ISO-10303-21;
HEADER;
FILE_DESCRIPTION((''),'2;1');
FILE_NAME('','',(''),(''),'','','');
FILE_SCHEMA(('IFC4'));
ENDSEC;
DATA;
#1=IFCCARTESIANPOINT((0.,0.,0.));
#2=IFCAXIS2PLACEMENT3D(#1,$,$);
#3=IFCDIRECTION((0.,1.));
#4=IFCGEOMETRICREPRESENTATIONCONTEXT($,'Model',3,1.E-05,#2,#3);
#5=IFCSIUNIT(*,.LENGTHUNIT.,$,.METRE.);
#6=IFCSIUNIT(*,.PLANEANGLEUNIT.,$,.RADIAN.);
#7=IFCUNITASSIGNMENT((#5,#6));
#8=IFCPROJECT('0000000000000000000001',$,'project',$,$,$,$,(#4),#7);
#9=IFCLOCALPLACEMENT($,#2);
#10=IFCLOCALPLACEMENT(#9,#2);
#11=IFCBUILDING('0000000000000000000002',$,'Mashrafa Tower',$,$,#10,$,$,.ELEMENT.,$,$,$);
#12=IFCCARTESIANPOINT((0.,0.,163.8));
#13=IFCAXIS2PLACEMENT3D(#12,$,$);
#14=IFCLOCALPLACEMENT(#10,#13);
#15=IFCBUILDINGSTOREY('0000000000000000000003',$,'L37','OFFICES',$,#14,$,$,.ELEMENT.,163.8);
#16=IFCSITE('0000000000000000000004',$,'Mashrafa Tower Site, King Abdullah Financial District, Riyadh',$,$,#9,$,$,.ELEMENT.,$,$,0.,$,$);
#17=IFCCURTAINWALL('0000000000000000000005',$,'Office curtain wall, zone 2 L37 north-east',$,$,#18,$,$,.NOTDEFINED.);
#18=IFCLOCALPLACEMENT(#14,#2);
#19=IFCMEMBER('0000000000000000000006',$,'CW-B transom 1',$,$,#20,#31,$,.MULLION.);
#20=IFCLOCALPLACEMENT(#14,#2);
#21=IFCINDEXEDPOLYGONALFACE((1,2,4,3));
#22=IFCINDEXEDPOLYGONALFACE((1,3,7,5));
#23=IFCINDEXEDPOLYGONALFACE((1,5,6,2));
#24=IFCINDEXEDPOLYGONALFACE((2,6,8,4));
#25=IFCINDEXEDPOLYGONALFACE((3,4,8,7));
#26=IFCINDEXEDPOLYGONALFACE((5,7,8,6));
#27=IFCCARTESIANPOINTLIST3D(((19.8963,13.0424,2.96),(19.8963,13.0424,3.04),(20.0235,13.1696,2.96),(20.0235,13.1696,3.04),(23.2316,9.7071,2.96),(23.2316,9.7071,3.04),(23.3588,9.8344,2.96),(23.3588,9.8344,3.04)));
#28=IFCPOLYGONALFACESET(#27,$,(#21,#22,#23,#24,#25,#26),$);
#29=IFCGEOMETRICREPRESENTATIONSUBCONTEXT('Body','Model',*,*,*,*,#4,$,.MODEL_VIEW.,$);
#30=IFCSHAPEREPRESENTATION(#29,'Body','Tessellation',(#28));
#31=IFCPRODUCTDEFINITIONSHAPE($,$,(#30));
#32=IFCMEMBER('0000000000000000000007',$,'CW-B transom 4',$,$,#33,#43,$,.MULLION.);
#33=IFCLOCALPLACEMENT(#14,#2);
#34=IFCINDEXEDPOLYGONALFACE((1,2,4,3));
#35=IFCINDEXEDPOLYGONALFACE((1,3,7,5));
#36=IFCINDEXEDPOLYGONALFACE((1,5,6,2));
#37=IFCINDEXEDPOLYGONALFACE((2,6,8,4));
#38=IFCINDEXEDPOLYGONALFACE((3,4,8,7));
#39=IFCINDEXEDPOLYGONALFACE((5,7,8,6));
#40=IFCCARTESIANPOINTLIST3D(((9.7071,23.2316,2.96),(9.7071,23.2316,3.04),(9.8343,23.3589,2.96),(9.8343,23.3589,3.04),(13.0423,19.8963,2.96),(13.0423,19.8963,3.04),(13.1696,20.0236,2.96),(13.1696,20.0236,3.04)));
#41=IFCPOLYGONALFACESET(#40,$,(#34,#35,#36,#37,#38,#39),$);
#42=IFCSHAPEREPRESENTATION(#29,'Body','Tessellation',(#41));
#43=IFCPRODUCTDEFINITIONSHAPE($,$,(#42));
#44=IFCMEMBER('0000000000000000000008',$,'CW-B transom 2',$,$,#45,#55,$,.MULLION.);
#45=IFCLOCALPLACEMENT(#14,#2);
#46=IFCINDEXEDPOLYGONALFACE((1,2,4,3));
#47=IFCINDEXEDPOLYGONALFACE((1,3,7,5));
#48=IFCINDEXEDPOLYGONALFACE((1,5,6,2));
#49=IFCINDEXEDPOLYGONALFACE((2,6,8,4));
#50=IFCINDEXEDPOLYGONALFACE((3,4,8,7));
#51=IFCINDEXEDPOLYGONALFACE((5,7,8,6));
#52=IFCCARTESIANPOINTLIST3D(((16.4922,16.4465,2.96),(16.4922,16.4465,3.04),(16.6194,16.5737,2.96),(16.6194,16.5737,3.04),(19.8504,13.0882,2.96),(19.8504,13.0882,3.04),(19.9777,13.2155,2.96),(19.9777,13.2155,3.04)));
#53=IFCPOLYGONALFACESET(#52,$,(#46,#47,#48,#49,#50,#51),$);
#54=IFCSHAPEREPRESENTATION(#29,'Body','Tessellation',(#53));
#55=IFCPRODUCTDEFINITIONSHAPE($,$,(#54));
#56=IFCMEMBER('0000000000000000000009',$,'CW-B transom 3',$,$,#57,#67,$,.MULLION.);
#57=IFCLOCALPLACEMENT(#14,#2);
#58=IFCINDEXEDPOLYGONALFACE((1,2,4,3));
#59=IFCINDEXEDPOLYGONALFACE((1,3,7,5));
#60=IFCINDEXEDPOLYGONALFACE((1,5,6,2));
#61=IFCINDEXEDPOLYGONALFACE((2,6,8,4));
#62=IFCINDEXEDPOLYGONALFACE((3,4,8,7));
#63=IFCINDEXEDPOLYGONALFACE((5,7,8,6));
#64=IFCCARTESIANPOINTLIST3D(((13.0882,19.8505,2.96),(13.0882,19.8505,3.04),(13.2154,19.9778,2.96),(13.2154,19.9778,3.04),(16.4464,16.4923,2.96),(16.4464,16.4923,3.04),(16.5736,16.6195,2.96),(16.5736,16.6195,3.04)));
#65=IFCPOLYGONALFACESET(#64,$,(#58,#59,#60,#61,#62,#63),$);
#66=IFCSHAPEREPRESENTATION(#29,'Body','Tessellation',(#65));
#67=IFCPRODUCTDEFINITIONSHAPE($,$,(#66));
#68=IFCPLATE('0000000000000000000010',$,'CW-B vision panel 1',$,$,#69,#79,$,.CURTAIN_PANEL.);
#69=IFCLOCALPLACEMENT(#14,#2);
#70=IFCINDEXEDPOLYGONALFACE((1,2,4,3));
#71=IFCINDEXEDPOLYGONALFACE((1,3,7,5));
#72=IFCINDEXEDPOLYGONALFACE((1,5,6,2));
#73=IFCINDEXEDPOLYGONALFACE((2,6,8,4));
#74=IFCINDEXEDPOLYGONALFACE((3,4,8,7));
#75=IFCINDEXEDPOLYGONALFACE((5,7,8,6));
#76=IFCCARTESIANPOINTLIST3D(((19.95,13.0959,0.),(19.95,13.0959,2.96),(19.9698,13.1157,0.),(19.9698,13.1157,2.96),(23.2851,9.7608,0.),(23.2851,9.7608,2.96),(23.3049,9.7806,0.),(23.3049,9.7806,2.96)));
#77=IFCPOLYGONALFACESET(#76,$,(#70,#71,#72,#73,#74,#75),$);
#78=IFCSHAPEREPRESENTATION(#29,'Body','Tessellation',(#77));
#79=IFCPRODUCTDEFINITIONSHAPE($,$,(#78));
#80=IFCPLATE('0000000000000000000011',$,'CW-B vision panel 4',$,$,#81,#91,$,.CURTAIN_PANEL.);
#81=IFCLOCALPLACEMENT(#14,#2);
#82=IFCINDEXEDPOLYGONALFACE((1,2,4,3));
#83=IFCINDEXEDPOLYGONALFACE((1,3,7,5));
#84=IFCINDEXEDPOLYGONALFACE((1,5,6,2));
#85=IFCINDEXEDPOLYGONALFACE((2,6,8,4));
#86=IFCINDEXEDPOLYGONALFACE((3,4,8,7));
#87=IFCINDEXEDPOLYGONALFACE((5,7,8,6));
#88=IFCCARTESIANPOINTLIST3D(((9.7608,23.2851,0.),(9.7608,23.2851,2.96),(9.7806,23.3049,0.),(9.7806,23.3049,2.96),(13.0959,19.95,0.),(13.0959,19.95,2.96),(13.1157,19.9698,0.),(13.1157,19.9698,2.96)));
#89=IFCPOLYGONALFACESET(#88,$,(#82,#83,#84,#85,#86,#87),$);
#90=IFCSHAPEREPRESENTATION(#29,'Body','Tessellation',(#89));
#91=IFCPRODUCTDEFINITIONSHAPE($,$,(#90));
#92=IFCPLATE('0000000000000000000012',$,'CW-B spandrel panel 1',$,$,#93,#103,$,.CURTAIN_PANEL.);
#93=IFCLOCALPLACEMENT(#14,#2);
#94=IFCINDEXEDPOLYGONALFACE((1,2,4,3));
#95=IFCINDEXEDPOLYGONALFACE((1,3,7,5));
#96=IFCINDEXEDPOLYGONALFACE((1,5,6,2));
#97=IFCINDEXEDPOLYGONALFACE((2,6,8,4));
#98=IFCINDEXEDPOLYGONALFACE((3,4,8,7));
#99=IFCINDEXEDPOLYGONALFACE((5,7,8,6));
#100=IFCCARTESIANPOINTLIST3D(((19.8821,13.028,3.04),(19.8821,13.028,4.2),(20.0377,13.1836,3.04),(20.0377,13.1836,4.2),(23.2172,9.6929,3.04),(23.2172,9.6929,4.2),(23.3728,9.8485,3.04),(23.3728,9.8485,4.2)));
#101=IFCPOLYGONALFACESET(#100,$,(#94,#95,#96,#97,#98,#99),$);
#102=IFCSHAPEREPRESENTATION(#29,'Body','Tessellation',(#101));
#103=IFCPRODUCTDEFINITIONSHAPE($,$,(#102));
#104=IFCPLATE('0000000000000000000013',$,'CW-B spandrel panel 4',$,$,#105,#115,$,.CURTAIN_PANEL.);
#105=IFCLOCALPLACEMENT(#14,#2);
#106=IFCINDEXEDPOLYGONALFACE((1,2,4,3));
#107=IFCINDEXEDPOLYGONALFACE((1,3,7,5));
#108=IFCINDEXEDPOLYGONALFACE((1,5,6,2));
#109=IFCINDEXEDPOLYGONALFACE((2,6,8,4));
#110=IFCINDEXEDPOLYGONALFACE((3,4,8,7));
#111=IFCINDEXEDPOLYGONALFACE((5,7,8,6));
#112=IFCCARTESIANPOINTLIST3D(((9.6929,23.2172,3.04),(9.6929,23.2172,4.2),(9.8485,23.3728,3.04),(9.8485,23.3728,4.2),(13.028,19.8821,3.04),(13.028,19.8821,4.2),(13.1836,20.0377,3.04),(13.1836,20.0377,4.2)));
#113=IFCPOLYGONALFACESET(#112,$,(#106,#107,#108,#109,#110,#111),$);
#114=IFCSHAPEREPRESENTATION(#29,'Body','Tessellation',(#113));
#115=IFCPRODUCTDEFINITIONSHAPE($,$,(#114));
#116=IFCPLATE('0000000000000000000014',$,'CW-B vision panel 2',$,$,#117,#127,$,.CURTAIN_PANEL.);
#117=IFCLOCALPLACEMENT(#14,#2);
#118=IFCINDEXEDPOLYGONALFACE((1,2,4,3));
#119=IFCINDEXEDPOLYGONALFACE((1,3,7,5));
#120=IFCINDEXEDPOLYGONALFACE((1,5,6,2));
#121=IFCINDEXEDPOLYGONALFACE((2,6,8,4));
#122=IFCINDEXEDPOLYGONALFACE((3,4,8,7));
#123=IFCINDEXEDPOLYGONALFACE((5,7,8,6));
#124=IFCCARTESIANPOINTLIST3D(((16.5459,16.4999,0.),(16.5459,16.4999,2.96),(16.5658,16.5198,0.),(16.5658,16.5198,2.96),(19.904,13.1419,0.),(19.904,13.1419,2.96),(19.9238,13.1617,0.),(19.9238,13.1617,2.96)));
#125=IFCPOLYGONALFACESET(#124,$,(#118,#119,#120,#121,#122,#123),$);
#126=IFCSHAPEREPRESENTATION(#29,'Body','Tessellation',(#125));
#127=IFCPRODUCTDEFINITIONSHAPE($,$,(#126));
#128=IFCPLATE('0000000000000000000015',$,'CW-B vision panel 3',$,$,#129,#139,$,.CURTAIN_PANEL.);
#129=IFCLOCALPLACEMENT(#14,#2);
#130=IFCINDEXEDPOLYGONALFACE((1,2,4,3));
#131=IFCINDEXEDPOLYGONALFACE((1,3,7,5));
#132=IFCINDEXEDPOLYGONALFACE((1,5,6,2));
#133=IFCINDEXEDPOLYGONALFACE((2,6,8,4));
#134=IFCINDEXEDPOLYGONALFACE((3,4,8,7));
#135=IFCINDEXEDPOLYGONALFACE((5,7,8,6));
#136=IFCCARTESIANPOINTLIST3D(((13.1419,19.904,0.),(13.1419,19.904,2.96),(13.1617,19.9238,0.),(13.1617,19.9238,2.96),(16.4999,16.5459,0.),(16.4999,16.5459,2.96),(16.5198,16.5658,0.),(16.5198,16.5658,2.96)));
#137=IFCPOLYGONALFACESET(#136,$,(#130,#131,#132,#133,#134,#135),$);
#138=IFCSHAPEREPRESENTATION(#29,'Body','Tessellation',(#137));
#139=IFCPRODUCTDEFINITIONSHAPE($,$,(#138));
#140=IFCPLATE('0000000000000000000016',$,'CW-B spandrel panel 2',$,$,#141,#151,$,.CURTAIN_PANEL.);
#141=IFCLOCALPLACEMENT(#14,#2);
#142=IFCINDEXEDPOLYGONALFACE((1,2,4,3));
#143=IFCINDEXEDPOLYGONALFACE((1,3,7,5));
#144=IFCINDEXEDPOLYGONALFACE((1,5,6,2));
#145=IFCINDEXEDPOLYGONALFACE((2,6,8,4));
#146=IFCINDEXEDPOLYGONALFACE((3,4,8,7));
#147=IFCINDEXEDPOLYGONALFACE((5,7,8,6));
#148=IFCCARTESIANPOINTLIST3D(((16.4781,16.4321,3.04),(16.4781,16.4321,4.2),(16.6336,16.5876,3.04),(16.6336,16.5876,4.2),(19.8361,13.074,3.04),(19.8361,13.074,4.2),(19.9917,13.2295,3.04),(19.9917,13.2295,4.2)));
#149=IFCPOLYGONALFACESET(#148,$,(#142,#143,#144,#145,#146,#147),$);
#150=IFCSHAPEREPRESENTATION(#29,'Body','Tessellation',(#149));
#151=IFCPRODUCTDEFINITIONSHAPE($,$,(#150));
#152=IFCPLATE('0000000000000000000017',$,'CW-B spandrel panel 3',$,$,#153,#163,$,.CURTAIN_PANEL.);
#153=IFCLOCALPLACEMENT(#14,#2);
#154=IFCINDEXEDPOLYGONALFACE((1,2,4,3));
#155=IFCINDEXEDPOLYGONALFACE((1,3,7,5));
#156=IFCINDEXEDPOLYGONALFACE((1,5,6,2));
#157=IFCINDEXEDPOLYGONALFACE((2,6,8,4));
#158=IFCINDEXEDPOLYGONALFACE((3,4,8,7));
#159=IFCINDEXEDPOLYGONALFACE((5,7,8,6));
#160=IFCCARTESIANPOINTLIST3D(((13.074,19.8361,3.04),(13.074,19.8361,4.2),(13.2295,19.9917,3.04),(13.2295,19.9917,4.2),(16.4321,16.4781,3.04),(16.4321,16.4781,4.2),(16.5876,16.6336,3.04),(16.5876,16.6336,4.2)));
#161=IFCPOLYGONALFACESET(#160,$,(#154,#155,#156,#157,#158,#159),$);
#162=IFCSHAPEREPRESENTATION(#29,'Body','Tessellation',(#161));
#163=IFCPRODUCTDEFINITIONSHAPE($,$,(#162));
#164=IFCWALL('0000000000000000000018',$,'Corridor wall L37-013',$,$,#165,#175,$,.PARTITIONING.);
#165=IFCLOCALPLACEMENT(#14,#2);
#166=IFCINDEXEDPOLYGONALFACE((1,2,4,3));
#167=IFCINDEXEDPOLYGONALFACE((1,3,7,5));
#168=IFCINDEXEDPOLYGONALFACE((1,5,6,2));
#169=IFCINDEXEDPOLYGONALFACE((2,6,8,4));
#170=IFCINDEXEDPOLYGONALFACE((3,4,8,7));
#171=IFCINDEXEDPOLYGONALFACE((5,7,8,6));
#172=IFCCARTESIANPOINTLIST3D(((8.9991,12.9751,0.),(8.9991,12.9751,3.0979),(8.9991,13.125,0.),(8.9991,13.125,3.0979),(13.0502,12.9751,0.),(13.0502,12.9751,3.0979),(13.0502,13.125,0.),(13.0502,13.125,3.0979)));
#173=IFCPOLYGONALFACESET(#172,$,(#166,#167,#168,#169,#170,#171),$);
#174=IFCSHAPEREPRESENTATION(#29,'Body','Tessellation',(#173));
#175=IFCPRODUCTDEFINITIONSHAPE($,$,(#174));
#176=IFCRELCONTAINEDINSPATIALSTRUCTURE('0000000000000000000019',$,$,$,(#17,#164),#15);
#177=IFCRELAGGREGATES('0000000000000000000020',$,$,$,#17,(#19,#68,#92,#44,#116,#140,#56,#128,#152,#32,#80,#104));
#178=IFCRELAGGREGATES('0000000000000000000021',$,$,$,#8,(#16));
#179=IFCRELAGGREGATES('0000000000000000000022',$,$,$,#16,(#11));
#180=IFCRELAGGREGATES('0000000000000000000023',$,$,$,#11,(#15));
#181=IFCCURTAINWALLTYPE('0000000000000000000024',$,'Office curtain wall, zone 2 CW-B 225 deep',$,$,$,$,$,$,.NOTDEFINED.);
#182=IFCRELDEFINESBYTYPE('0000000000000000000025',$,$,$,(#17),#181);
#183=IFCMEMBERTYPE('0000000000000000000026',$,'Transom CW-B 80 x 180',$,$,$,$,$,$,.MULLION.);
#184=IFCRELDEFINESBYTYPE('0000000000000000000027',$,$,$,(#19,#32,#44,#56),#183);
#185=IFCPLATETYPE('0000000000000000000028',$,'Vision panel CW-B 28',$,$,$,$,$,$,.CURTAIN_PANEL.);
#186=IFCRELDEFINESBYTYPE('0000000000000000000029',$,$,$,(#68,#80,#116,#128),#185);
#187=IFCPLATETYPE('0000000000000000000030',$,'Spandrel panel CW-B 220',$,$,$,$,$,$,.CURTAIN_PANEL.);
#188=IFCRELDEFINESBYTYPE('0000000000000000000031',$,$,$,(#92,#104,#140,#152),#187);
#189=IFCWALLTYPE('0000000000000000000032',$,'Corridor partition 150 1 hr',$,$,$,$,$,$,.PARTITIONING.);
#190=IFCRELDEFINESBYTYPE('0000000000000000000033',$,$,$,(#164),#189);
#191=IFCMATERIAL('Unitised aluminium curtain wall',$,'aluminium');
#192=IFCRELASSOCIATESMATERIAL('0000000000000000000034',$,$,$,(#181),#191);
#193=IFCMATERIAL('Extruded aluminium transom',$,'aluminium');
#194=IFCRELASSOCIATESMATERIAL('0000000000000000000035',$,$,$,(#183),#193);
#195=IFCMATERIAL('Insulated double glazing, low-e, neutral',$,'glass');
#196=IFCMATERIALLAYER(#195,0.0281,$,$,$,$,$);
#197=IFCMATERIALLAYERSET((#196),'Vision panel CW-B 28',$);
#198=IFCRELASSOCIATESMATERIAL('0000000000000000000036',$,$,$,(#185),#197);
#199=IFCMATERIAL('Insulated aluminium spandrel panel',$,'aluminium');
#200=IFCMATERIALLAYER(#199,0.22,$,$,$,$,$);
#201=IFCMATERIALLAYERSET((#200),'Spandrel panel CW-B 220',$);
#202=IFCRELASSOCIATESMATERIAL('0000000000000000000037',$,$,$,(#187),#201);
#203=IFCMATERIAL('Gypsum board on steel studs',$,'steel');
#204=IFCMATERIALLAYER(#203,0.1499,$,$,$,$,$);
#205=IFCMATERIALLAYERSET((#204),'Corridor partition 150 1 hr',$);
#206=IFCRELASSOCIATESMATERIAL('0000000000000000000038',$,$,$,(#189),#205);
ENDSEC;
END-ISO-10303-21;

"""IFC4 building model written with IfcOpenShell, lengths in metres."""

from ifc_helpers import new_model, si_unit, direction, frame, frame_2d, origin, origin_2d, place, context, subcontext, project, spatial, rectangle, extrude, source, transform, mapped, material, layer, layer_set, material_profile, profile_set, type_object, type_shapes, element, aggregate, save


model = new_model("IFC4")

# Units and contexts
model_context = context("Model", 3, precision=1e-05, world=origin(), true_north=direction((0.0, 1.0)))
body_context = subcontext(model_context, "Body", "Model", "MODEL_VIEW")
ifc_project = project(units=[si_unit("LENGTHUNIT", "METRE"), si_unit("PLANEANGLEUNIT", "RADIAN")], contexts=[model_context])

# Site, building, storey
site_placement = place(None, origin())
site = spatial("IfcSite", under=ifc_project, at=site_placement, Name="Mashrafa Tower Site, King Abdullah Financial District, Riyadh", CompositionType="ELEMENT", RefElevation=0.0)
building_placement = place(site_placement, origin())
building = spatial("IfcBuilding", under=site, at=building_placement, Name="Mashrafa Tower", CompositionType="ELEMENT")
storey_placement = place(building_placement, frame((0.0, 0.0, 163.8)))
storey = spatial("IfcBuildingStorey", under=building, at=storey_placement, Name="L37", Description="OFFICES", CompositionType="ELEMENT", Elevation=163.8)

# Curtain wall, members, plates
ifc_material_1 = material(Name="Unitised aluminium curtain wall", Category="aluminium")
curtain_wall_type = type_object("IfcCurtainWallType", Name="Office curtain wall, zone 2 CW-B 225 deep", PredefinedType="NOTDEFINED", material=ifc_material_1)
curtain_wall_placement = place(storey_placement, origin())
curtain_wall = element("IfcCurtainWall", 1, at=curtain_wall_placement, inside=storey, type_object=curtain_wall_type, Name="Office curtain wall, zone 2 L37 north-east", PredefinedType="NOTDEFINED")
ifc_material_2 = material(Name="Extruded aluminium transom", Category="aluminium")
ifc_material_profile_1 = material_profile(ifc_material_2, rectangle(XDim=0.1799, YDim=0.0801, at=origin_2d()), Name="Transom 80x180")
ifc_profile_set_1 = profile_set([ifc_material_profile_1], Name="Extruded aluminium transom")
member_type_1 = type_object("IfcMemberType", Name="Transom CW-B 80 x 180", PredefinedType="MULLION", material=ifc_profile_set_1)
shared_shape_1 = source(origin(), body_context, "Body", "SweptSolid", [
    extrude(rectangle(XDim=0.1799, YDim=0.0801, at=origin_2d()), origin(), (0.0, 0.0, 1.0), 4.7168),
])
member_1_placement = place(storey_placement, frame((23.2952, 9.7708, 3.0), z_axis=(-0.707107, 0.707107, 0.0), x_axis=(-0.707107, -0.707107, 0.0)))
member_1 = element("IfcMember", 2, at=member_1_placement, type_object=member_type_1, Name="CW-B transom 1", PredefinedType="MULLION", context=body_context, shape_type="MappedRepresentation", body=[
    mapped(shared_shape_1, transform((0.0, 0.0, 0.0))),
])
member_2_placement = place(storey_placement, frame((13.106, 19.96, 3.0), z_axis=(-0.707107, 0.707107, 0.0), x_axis=(-0.707107, -0.707107, 0.0)))
member_2 = element("IfcMember", 3, at=member_2_placement, type_object=member_type_1, Name="CW-B transom 4", PredefinedType="MULLION", context=body_context, shape_type="MappedRepresentation", body=[
    mapped(shared_shape_1, transform((0.0, 0.0, 0.0))),
])
shared_shape_2 = source(origin(), body_context, "Body", "SweptSolid", [
    extrude(rectangle(XDim=0.1799, YDim=0.0801, at=origin_2d()), origin(), (0.0, 0.0, 1.0), 4.7493),
])
type_shapes(member_type_1, [shared_shape_1, shared_shape_2])
member_3_placement = place(storey_placement, frame((19.9141, 13.1519, 3.0), z_axis=(-0.707107, 0.707107, 0.0), x_axis=(-0.707107, -0.707107, 0.0)))
member_3 = element("IfcMember", 4, at=member_3_placement, type_object=member_type_1, Name="CW-B transom 2", PredefinedType="MULLION", context=body_context, shape_type="MappedRepresentation", body=[
    mapped(shared_shape_2, transform((0.0, 0.0, 0.0))),
])
member_4_placement = place(storey_placement, frame((16.51, 16.5559, 3.0), z_axis=(-0.707107, 0.707107, 0.0), x_axis=(-0.707107, -0.707107, 0.0)))
member_4 = element("IfcMember", 5, at=member_4_placement, type_object=member_type_1, Name="CW-B transom 3", PredefinedType="MULLION", context=body_context, shape_type="MappedRepresentation", body=[
    mapped(shared_shape_2, transform((0.0, 0.0, 0.0))),
])
ifc_material_3 = material(Name="Insulated double glazing, low-e, neutral", Category="glass")
ifc_layer_1 = layer(ifc_material_3, 0.0281)
ifc_layer_set_1 = layer_set([ifc_layer_1], Name="Vision panel CW-B 28")
plate_type_1 = type_object("IfcPlateType", Name="Vision panel CW-B 28", PredefinedType="CURTAIN_PANEL", material=ifc_layer_set_1)
shared_shape_3 = source(origin(), body_context, "Body", "SweptSolid", [
    extrude(rectangle(XDim=4.7166, YDim=0.0281, at=origin_2d()), origin(), (0.0, 0.0, 1.0), 2.96),
])
plate_1_placement = place(storey_placement, frame((21.6274, 11.4382, 0.0), z_axis=(0.0, 0.0, 1.0), x_axis=(-0.707107, 0.707107, 0.0)))
plate_1 = element("IfcPlate", 6, at=plate_1_placement, type_object=plate_type_1, Name="CW-B vision panel 1", PredefinedType="CURTAIN_PANEL", context=body_context, shape_type="MappedRepresentation", body=[
    mapped(shared_shape_3, transform((0.0, 0.0, 0.0))),
])
plate_2_placement = place(storey_placement, frame((11.4382, 21.6274, 0.0), z_axis=(0.0, 0.0, 1.0), x_axis=(-0.707107, 0.707107, 0.0)))
plate_2 = element("IfcPlate", 7, at=plate_2_placement, type_object=plate_type_1, Name="CW-B vision panel 4", PredefinedType="CURTAIN_PANEL", context=body_context, shape_type="MappedRepresentation", body=[
    mapped(shared_shape_3, transform((0.0, 0.0, 0.0))),
])
ifc_material_4 = material(Name="Insulated aluminium spandrel panel", Category="aluminium")
ifc_layer_2 = layer(ifc_material_4, 0.22)
ifc_layer_set_2 = layer_set([ifc_layer_2], Name="Spandrel panel CW-B 220")
plate_type_2 = type_object("IfcPlateType", Name="Spandrel panel CW-B 220", PredefinedType="CURTAIN_PANEL", material=ifc_layer_set_2)
shared_shape_4 = source(origin(), body_context, "Body", "SweptSolid", [
    extrude(rectangle(XDim=4.7166, YDim=0.22, at=origin_2d()), origin(), (0.0, 0.0, 1.0), 1.1599),
])
plate_3_placement = place(storey_placement, frame((21.6274, 11.4382, 3.04), z_axis=(0.0, 0.0, 1.0), x_axis=(-0.707107, 0.707107, 0.0)))
plate_3 = element("IfcPlate", 8, at=plate_3_placement, type_object=plate_type_2, Name="CW-B spandrel panel 1", PredefinedType="CURTAIN_PANEL", context=body_context, shape_type="MappedRepresentation", body=[
    mapped(shared_shape_4, transform((0.0, 0.0, 0.0))),
])
plate_4_placement = place(storey_placement, frame((11.4382, 21.6274, 3.04), z_axis=(0.0, 0.0, 1.0), x_axis=(-0.707107, 0.707107, 0.0)))
plate_4 = element("IfcPlate", 9, at=plate_4_placement, type_object=plate_type_2, Name="CW-B spandrel panel 4", PredefinedType="CURTAIN_PANEL", context=body_context, shape_type="MappedRepresentation", body=[
    mapped(shared_shape_4, transform((0.0, 0.0, 0.0))),
])
shared_shape_5 = source(origin(), body_context, "Body", "SweptSolid", [
    extrude(rectangle(XDim=4.749, YDim=0.0281, at=origin_2d()), origin(), (0.0, 0.0, 1.0), 2.96),
])
type_shapes(plate_type_1, [shared_shape_3, shared_shape_5])
plate_5_placement = place(storey_placement, frame((18.2349, 14.8308, 0.0), z_axis=(0.0, 0.0, 1.0), x_axis=(-0.707107, 0.707107, 0.0)))
plate_5 = element("IfcPlate", 10, at=plate_5_placement, type_object=plate_type_1, Name="CW-B vision panel 2", PredefinedType="CURTAIN_PANEL", context=body_context, shape_type="MappedRepresentation", body=[
    mapped(shared_shape_5, transform((0.0, 0.0, 0.0))),
])
plate_6_placement = place(storey_placement, frame((14.8308, 18.2349, 0.0), z_axis=(0.0, 0.0, 1.0), x_axis=(-0.707107, 0.707107, 0.0)))
plate_6 = element("IfcPlate", 11, at=plate_6_placement, type_object=plate_type_1, Name="CW-B vision panel 3", PredefinedType="CURTAIN_PANEL", context=body_context, shape_type="MappedRepresentation", body=[
    mapped(shared_shape_5, transform((0.0, 0.0, 0.0))),
])
shared_shape_6 = source(origin(), body_context, "Body", "SweptSolid", [
    extrude(rectangle(XDim=4.749, YDim=0.22, at=origin_2d()), origin(), (0.0, 0.0, 1.0), 1.1599),
])
type_shapes(plate_type_2, [shared_shape_4, shared_shape_6])
plate_7_placement = place(storey_placement, frame((18.2349, 14.8308, 3.04), z_axis=(0.0, 0.0, 1.0), x_axis=(-0.707107, 0.707107, 0.0)))
plate_7 = element("IfcPlate", 12, at=plate_7_placement, type_object=plate_type_2, Name="CW-B spandrel panel 2", PredefinedType="CURTAIN_PANEL", context=body_context, shape_type="MappedRepresentation", body=[
    mapped(shared_shape_6, transform((0.0, 0.0, 0.0))),
])
plate_8_placement = place(storey_placement, frame((14.8308, 18.2349, 3.04), z_axis=(0.0, 0.0, 1.0), x_axis=(-0.707107, 0.707107, 0.0)))
plate_8 = element("IfcPlate", 13, at=plate_8_placement, type_object=plate_type_2, Name="CW-B spandrel panel 3", PredefinedType="CURTAIN_PANEL", context=body_context, shape_type="MappedRepresentation", body=[
    mapped(shared_shape_6, transform((0.0, 0.0, 0.0))),
])
aggregate(curtain_wall, [member_1, plate_1, plate_3, member_3, plate_5, plate_7, member_4, plate_6, plate_8, member_2, plate_2, plate_4])

# Wall
ifc_material_5 = material(Name="Gypsum board on steel studs", Category="steel")
ifc_layer_3 = layer(ifc_material_5, 0.1499)
ifc_layer_set_3 = layer_set([ifc_layer_3], Name="Corridor partition 150 1 hr")
wall_type = type_object("IfcWallType", Name="Corridor partition 150 1 hr", PredefinedType="PARTITIONING", material=ifc_layer_set_3)
wall_placement = place(storey_placement, frame((13.05, 13.05, 0.0), z_axis=(0.0, 0.0, 1.0), x_axis=(-1.0, 0.0, 0.0)))
element("IfcWall", 14, at=wall_placement, inside=storey, type_object=wall_type, Name="Corridor wall L37-013", PredefinedType="PARTITIONING", context=body_context, shape_type="SweptSolid", body=[
    extrude(rectangle(XDim=4.051, YDim=0.1499, at=frame_2d((2.0254, 0.0))), origin(), (0.0, 0.0, 1.0), 3.0979),
])

save(model, "model.ifc")
